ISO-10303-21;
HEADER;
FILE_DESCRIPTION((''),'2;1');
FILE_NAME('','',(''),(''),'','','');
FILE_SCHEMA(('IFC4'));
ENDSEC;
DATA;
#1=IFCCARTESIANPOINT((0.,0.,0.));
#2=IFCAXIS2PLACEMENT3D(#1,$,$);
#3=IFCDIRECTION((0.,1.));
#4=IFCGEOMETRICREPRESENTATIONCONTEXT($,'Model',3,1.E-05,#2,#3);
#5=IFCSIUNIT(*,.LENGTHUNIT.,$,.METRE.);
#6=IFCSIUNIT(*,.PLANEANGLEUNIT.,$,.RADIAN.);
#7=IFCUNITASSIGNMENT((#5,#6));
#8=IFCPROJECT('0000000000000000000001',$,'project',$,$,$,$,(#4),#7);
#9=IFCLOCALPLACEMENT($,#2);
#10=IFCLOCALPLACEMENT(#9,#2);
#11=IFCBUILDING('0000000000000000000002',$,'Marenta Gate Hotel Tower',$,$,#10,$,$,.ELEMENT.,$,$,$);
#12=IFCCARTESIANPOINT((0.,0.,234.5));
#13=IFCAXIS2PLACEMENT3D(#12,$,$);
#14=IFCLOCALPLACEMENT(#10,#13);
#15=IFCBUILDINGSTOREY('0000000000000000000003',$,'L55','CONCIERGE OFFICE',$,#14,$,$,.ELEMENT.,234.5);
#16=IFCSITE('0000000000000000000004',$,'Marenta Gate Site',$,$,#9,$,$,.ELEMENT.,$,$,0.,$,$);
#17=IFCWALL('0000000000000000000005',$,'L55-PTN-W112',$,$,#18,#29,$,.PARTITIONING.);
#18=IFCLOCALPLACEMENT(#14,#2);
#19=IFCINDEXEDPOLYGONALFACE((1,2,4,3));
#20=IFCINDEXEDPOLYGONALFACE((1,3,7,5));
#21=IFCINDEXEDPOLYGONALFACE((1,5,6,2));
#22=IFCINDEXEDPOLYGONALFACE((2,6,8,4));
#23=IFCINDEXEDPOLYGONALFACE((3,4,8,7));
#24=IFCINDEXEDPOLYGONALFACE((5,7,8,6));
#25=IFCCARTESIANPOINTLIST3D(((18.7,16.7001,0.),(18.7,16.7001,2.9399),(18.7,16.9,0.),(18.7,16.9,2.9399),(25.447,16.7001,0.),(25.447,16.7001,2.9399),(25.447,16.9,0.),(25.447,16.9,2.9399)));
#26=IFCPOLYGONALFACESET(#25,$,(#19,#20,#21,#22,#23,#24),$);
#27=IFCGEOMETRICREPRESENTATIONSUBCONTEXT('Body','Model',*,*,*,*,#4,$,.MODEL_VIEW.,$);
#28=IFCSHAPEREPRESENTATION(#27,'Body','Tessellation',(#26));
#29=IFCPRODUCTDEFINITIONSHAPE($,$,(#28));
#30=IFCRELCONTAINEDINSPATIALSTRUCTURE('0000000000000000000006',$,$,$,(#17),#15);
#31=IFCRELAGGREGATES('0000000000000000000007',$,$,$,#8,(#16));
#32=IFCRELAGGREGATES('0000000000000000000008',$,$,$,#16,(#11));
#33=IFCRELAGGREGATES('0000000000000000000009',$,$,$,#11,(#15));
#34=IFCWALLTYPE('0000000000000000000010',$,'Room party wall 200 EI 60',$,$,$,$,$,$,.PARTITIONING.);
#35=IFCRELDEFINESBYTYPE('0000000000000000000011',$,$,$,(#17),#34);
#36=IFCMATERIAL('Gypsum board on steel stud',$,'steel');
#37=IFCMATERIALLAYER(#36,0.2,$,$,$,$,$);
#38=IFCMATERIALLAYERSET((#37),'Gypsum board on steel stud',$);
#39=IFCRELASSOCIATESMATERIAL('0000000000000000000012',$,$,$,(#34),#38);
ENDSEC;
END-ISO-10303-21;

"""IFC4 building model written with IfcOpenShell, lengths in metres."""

from ifc_helpers import new_model, si_unit, direction, frame, frame_2d, origin, place, context, subcontext, project, spatial, rectangle, extrude, material, layer, layer_set, type_object, element, save


model = new_model("IFC4")

# Units and contexts
model_context = context("Model", 3, precision=1e-05, world=origin(), true_north=direction((0.0, 1.0)))
body_context = subcontext(model_context, "Body", "Model", "MODEL_VIEW")
ifc_project = project(units=[si_unit("LENGTHUNIT", "METRE"), si_unit("PLANEANGLEUNIT", "RADIAN")], contexts=[model_context])

# Site, building, storey
site_placement = place(None, origin())
site = spatial("IfcSite", under=ifc_project, at=site_placement, Name="Marenta Gate Site", CompositionType="ELEMENT", RefElevation=0.0)
building_placement = place(site_placement, origin())
building = spatial("IfcBuilding", under=site, at=building_placement, Name="Marenta Gate Hotel Tower", CompositionType="ELEMENT")
storey_placement = place(building_placement, frame((0.0, 0.0, 234.5)))
storey = spatial("IfcBuildingStorey", under=building, at=storey_placement, Name="L55", Description="CONCIERGE OFFICE", CompositionType="ELEMENT", Elevation=234.5)

# Wall
ifc_material_1 = material(Name="Gypsum board on steel stud", Category="steel")
ifc_layer_1 = layer(ifc_material_1, 0.2)
ifc_layer_set_1 = layer_set([ifc_layer_1], Name="Gypsum board on steel stud")
wall_type_1 = type_object("IfcWallType", Name="Room party wall 200 EI 60", PredefinedType="PARTITIONING", material=ifc_layer_set_1)
wall_1_placement = place(storey_placement, frame((18.7, 16.8, 0.0), z_axis=(0.0, 0.0, 1.0), x_axis=(1.0, 0.0, 0.0)))
element("IfcWall", 1, at=wall_1_placement, inside=storey, type_object=wall_type_1, Name="L55-PTN-W112", PredefinedType="PARTITIONING", context=body_context, shape_type="SweptSolid", body=[
    extrude(rectangle(XDim=6.7471, YDim=0.2, at=frame_2d((3.3735, 0.0))), origin(), (0.0, 0.0, 1.0), 2.9399),
])

save(model, "model.ifc")
